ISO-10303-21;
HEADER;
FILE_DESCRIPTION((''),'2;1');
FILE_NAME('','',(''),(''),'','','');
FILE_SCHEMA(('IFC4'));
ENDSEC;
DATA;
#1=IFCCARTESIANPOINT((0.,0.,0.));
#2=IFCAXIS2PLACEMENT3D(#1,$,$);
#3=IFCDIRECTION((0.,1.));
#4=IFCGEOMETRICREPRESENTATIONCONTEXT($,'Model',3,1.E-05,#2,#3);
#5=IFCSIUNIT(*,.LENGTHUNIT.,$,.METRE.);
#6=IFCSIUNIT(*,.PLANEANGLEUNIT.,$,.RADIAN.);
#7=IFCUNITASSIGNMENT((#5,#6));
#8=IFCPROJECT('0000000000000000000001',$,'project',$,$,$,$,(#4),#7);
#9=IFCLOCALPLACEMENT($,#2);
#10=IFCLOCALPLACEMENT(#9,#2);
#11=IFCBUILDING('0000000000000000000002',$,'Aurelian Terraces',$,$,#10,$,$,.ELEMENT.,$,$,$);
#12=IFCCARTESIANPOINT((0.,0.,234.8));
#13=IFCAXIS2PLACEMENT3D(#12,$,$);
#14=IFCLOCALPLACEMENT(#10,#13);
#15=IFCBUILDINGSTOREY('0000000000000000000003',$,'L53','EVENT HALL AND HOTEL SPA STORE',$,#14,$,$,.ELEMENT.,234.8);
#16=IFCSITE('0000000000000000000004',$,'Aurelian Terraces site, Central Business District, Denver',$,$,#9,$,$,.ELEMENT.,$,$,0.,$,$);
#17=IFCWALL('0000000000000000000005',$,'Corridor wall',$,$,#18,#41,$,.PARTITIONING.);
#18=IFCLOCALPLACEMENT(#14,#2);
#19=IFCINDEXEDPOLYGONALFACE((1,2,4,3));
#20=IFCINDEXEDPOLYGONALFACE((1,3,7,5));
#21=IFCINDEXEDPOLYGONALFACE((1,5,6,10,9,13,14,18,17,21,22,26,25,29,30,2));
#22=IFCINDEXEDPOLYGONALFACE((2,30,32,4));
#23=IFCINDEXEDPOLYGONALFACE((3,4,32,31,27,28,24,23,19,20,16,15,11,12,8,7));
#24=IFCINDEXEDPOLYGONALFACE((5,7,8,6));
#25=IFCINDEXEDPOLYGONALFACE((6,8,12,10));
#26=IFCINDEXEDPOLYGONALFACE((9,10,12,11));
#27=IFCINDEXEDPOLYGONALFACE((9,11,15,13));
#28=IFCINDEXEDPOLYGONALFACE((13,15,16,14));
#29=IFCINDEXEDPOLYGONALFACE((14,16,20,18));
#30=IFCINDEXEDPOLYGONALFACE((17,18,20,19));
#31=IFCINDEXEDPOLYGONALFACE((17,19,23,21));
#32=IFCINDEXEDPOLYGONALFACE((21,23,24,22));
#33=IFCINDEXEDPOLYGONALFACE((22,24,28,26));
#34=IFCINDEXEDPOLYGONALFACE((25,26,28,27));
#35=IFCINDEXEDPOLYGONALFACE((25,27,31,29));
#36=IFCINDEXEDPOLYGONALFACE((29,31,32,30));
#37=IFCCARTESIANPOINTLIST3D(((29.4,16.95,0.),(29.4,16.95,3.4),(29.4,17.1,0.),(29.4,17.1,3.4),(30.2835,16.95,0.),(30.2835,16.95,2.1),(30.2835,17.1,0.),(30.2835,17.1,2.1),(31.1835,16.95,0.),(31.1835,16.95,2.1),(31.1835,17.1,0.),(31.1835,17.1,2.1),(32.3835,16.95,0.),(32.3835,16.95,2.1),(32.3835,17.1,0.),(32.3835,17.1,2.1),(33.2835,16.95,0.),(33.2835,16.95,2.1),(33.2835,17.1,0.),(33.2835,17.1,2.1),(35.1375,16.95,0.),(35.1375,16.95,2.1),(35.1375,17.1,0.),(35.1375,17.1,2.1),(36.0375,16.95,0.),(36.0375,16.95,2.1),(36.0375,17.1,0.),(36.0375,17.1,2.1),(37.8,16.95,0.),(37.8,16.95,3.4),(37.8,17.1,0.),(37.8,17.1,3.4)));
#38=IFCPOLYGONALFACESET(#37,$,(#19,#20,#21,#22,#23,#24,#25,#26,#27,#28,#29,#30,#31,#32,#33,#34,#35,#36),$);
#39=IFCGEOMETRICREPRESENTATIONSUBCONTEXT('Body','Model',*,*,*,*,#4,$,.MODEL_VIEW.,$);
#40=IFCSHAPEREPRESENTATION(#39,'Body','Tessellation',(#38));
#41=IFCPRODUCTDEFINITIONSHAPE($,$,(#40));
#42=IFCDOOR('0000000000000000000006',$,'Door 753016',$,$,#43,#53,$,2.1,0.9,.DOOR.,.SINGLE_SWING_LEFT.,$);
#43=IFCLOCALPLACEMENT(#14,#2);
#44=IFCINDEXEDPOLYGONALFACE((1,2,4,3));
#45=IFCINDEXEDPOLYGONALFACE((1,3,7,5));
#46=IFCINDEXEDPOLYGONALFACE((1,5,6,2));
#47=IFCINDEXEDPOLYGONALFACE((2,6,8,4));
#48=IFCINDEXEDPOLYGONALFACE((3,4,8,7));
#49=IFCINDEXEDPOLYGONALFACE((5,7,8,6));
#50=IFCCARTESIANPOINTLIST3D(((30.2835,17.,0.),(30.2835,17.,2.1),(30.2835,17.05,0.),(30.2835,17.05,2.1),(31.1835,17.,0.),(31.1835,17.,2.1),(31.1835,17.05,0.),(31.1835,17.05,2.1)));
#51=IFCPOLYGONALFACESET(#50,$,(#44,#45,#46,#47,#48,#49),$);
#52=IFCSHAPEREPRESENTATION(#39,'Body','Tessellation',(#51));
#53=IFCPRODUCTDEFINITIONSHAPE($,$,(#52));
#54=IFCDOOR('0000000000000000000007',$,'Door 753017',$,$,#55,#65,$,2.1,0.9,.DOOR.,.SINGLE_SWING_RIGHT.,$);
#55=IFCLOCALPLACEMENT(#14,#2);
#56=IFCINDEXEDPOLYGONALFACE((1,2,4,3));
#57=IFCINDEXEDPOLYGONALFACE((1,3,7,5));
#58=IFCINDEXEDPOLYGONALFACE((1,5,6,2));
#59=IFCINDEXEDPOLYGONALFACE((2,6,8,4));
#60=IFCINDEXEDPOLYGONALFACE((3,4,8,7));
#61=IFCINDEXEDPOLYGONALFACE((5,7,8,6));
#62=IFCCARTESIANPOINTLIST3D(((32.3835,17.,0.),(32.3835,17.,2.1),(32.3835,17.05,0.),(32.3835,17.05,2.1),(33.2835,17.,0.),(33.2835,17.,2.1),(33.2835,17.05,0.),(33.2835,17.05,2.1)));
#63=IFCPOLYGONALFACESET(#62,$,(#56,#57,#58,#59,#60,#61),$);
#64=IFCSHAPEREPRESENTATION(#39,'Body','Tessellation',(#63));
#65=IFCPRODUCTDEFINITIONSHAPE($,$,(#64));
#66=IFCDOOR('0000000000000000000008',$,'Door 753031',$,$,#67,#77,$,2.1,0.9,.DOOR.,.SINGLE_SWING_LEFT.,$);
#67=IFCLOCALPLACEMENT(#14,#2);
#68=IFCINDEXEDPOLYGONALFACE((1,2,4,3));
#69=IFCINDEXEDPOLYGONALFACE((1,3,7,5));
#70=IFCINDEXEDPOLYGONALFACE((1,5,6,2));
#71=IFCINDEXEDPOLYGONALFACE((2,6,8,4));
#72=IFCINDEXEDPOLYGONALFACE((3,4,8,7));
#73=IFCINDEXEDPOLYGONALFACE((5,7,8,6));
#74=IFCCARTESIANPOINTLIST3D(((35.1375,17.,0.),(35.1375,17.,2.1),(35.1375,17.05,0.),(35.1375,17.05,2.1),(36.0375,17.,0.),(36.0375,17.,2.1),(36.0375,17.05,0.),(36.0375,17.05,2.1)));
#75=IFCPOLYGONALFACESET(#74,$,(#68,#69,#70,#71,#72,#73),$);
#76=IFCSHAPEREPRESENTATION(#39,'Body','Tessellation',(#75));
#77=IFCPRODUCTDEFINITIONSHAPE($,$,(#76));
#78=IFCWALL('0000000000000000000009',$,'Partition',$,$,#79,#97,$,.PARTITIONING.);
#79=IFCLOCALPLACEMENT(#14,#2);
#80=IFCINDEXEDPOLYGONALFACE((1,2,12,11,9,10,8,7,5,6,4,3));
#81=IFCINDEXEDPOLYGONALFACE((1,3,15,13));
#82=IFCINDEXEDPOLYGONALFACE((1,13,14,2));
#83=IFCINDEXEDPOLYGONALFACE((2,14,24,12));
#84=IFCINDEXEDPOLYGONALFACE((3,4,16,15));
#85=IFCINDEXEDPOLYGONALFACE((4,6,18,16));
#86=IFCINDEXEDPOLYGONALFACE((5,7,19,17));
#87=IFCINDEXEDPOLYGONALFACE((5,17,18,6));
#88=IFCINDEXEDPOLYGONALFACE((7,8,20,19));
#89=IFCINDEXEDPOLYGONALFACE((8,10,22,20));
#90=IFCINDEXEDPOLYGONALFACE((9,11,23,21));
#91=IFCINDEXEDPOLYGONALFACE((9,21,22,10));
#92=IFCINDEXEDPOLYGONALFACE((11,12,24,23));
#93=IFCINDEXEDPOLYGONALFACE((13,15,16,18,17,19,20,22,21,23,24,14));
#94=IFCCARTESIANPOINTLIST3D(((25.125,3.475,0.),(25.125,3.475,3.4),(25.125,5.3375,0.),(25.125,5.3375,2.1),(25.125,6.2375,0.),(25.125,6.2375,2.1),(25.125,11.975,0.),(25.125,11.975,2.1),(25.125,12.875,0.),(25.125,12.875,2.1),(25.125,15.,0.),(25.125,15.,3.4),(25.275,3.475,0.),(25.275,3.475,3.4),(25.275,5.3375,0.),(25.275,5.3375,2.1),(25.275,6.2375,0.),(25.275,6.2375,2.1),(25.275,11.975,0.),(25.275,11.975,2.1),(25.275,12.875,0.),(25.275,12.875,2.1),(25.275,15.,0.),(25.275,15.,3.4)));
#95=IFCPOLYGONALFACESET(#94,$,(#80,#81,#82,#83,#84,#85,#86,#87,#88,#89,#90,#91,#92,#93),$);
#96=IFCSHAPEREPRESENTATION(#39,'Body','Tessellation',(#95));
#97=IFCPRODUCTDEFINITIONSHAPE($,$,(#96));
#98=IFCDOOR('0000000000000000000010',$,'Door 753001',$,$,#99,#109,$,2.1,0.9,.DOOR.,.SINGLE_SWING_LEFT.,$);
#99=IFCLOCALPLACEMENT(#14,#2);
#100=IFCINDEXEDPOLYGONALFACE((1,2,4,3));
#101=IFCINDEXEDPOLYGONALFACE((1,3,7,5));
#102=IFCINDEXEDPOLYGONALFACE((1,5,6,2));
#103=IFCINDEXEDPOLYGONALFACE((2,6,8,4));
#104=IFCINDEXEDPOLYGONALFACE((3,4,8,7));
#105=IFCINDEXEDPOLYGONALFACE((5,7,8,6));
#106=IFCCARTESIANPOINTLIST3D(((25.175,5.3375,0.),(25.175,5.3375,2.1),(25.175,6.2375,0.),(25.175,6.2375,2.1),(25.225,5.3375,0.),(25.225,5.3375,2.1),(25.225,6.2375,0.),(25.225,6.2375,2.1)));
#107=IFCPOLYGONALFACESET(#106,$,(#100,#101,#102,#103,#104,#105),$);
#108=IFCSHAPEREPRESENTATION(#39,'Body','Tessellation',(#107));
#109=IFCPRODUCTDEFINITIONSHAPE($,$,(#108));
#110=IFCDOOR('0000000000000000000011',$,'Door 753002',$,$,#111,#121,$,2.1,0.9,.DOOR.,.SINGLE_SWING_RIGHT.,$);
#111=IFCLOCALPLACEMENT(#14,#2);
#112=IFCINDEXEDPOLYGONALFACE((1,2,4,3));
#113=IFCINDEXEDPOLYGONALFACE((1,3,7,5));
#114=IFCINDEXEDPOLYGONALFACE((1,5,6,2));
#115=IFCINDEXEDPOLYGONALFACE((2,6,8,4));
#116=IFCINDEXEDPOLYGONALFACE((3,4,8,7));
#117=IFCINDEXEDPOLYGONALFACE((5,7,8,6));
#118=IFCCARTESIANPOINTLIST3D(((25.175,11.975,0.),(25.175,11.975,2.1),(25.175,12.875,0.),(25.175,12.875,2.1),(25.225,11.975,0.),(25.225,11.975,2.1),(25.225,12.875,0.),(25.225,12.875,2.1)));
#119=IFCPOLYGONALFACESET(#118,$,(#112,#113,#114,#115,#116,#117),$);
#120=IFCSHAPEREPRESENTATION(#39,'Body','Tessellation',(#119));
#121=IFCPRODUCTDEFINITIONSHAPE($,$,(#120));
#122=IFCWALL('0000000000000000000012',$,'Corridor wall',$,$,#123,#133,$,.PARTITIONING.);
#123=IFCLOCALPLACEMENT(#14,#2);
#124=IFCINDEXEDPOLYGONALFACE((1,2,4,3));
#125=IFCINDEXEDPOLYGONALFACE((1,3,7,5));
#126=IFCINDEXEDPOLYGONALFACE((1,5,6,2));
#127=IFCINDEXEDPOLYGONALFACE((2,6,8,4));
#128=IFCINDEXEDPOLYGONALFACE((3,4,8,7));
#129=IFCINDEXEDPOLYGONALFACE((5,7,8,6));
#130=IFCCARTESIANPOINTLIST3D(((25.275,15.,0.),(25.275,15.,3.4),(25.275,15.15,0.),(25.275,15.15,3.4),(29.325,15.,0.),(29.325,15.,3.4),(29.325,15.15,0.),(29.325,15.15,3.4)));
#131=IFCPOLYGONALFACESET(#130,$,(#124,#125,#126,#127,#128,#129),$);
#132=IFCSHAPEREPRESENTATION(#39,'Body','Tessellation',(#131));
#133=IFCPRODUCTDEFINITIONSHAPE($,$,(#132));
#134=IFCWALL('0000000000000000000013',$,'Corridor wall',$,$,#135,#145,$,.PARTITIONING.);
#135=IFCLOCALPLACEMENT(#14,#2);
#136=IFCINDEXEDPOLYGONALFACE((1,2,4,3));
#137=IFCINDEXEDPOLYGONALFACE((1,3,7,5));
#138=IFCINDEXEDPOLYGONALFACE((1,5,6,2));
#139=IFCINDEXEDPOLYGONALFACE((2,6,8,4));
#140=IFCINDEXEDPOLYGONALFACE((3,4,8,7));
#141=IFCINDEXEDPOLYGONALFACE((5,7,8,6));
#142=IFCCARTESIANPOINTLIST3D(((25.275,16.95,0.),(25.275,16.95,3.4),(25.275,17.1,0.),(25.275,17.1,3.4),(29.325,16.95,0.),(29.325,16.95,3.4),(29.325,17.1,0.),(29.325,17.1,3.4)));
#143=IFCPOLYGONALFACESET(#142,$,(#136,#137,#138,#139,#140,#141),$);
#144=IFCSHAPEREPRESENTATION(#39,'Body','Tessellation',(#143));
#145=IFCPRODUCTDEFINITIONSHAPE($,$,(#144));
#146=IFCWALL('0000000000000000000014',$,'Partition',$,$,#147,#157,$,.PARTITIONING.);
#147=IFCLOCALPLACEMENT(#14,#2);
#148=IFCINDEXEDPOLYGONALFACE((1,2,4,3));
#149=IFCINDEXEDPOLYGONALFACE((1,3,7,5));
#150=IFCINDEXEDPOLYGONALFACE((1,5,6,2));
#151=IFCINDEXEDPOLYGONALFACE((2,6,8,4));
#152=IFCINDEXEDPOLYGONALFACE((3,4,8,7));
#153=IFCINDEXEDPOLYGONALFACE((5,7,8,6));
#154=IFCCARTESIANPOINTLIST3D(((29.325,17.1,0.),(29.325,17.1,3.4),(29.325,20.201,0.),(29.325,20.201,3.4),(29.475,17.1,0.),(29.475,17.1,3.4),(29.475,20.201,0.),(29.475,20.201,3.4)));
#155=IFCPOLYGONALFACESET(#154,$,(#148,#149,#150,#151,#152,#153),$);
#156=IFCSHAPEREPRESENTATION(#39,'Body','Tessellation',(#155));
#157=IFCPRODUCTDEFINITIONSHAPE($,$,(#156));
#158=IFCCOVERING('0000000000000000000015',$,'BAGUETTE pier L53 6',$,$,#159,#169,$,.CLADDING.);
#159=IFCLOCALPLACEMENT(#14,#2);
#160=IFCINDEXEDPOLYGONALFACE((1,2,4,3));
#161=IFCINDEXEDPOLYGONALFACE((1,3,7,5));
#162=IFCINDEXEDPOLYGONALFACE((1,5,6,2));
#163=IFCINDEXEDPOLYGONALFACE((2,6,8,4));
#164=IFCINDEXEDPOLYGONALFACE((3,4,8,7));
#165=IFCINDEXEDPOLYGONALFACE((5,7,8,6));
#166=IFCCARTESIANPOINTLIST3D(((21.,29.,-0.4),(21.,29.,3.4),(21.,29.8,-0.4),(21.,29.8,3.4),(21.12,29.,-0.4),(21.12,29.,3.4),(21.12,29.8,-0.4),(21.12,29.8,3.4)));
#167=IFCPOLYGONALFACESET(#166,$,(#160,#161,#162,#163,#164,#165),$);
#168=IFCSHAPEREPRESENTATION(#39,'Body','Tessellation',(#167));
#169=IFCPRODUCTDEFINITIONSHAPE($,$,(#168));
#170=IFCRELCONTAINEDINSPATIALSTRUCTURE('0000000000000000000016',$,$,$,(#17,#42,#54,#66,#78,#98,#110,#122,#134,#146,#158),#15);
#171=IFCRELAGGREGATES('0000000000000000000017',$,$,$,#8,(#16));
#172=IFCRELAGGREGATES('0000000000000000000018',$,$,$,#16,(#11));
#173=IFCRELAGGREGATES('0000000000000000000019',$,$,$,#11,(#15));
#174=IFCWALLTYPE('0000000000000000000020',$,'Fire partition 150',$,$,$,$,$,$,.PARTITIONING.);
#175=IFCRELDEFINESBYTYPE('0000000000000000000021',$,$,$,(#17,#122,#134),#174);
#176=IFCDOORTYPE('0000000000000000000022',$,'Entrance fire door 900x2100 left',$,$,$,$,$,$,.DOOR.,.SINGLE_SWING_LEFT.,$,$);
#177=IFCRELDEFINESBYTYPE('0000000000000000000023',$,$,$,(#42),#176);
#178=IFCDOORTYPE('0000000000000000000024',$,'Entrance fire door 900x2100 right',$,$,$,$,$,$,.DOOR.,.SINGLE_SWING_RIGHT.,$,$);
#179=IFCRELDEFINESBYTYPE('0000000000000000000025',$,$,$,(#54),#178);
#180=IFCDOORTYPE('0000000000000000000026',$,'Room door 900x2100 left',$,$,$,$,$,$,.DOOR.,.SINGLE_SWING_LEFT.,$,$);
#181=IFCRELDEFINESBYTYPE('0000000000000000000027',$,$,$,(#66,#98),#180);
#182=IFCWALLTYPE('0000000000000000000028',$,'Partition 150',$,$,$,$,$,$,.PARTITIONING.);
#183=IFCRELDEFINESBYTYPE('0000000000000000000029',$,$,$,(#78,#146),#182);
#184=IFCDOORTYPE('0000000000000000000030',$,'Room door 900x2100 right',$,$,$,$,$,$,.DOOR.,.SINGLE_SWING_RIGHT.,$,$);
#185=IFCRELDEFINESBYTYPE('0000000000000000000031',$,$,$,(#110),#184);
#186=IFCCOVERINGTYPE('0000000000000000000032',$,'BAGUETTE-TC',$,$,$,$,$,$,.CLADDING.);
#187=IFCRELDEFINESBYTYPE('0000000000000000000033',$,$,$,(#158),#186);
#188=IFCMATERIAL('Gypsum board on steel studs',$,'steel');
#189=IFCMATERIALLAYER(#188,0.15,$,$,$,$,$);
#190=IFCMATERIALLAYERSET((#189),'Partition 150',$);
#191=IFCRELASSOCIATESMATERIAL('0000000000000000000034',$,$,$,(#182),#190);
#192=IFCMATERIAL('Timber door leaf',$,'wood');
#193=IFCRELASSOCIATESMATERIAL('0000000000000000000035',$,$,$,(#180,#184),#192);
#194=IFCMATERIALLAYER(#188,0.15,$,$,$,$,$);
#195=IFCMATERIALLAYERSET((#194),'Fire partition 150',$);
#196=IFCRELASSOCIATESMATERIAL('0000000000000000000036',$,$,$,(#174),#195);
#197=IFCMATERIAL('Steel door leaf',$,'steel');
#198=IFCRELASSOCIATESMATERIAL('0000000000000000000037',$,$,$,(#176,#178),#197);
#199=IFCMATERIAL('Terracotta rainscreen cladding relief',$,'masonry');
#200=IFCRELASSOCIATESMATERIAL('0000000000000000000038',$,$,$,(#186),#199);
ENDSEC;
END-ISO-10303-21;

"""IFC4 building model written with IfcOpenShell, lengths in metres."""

from ifc_helpers import new_model, si_unit, direction, frame, frame_2d, origin, origin_2d, place, context, subcontext, project, spatial, rectangle, extrude, source, transform, mapped, material, layer, layer_set, type_object, element, fill, save


model = new_model("IFC4")

# Units and contexts
model_context = context("Model", 3, precision=1e-05, world=origin(), true_north=direction((0.0, 1.0)))
body_context = subcontext(model_context, "Body", "Model", "MODEL_VIEW")
ifc_project = project(units=[si_unit("LENGTHUNIT", "METRE"), si_unit("PLANEANGLEUNIT", "RADIAN")], contexts=[model_context])

# Site, building, storey
site_placement = place(None, origin())
site = spatial("IfcSite", under=ifc_project, at=site_placement, Name="Aurelian Terraces site, Central Business District, Denver", CompositionType="ELEMENT", RefElevation=0.0)
building_placement = place(site_placement, origin())
building = spatial("IfcBuilding", under=site, at=building_placement, Name="Aurelian Terraces", CompositionType="ELEMENT")
storey_placement = place(building_placement, frame((0.0, 0.0, 234.8)))
storey = spatial("IfcBuildingStorey", under=building, at=storey_placement, Name="L53", Description="EVENT HALL AND HOTEL SPA STORE", CompositionType="ELEMENT", Elevation=234.8)

# Shared definitions
ifc_material_1 = material(Name="Gypsum board on steel studs", Category="steel")
ifc_layer_1 = layer(ifc_material_1, 0.15)
ifc_layer_set_1 = layer_set([ifc_layer_1], Name="Partition 150")
wall_type_1 = type_object("IfcWallType", Name="Partition 150", PredefinedType="PARTITIONING", material=ifc_layer_set_1)
shared_shape_1 = source(origin(), body_context, "Body", "SweptSolid", [
    extrude(rectangle(XDim=0.9, YDim=2.1, at=frame_2d((0.45, 1.05))), frame((0.0, 0.085, 0.0), z_axis=(0.0, -1.0, 0.0), x_axis=(1.0, 0.0, 0.0)), (0.0, 0.0, 1.0), 0.17),
])
ifc_material_2 = material(Name="Timber door leaf", Category="wood")
door_type_1 = type_object("IfcDoorType", Name="Room door 900x2100 left", OperationType="SINGLE_SWING_LEFT", PredefinedType="DOOR", material=ifc_material_2)
shared_shape_2 = source(origin(), body_context, "Body", "SweptSolid", [
    extrude(rectangle(XDim=0.9, YDim=2.1, at=frame_2d((0.45, 1.05))), frame((0.0, 0.025, 0.0), z_axis=(0.0, -1.0, 0.0), x_axis=(1.0, 0.0, 0.0)), (0.0, 0.0, 1.0), 0.05),
])

# Walls, openings, doors
ifc_layer_2 = layer(ifc_material_1, 0.15)
ifc_layer_set_2 = layer_set([ifc_layer_2], Name="Fire partition 150")
wall_type_2 = type_object("IfcWallType", Name="Fire partition 150", PredefinedType="PARTITIONING", material=ifc_layer_set_2)
shared_shape_3 = source(origin(), body_context, "Body", "SweptSolid", [
    extrude(rectangle(XDim=8.4, YDim=0.15, at=frame_2d((4.2, 0.0))), origin(), (0.0, 0.0, 1.0), 3.4),
])
wall_1_placement = place(storey_placement, frame((29.4, 17.025, 0.0), z_axis=(0.0, 0.0, 1.0), x_axis=(1.0, 0.0, 0.0)))
wall_1 = element("IfcWall", 1, at=wall_1_placement, inside=storey, type_object=wall_type_2, Name="Corridor wall", PredefinedType="PARTITIONING", context=body_context, shape_type="MappedRepresentation", body=[
    mapped(shared_shape_3, transform((0.0, 0.0, 0.0), scale=1.0)),
])
opening_1_placement = place(wall_1_placement, frame((0.8835, 0.0, 0.0)))
opening_1 = element("IfcOpeningElement", 2, at=opening_1_placement, cuts=wall_1, PredefinedType="OPENING", context=body_context, shape_type="MappedRepresentation", body=[
    mapped(shared_shape_1, transform((0.0, 0.0, 0.0), scale=1.0)),
])
opening_2_placement = place(wall_1_placement, frame((2.9835, 0.0, 0.0)))
opening_2 = element("IfcOpeningElement", 3, at=opening_2_placement, cuts=wall_1, PredefinedType="OPENING", context=body_context, shape_type="MappedRepresentation", body=[
    mapped(shared_shape_1, transform((0.0, 0.0, 0.0), scale=1.0)),
])
opening_3_placement = place(wall_1_placement, frame((5.7375, 0.0, 0.0)))
opening_3 = element("IfcOpeningElement", 4, at=opening_3_placement, cuts=wall_1, PredefinedType="OPENING", context=body_context, shape_type="MappedRepresentation", body=[
    mapped(shared_shape_1, transform((0.0, 0.0, 0.0), scale=1.0)),
])
ifc_material_3 = material(Name="Steel door leaf", Category="steel")
door_type_2 = type_object("IfcDoorType", Name="Entrance fire door 900x2100 left", OperationType="SINGLE_SWING_LEFT", PredefinedType="DOOR", material=ifc_material_3)
door_1_placement = place(opening_1_placement, origin())
door_1 = element("IfcDoor", 5, at=door_1_placement, inside=storey, type_object=door_type_2, Name="Door 753016", OperationType="SINGLE_SWING_LEFT", OverallHeight=2.1, OverallWidth=0.9, PredefinedType="DOOR", context=body_context, shape_type="MappedRepresentation", body=[
    mapped(shared_shape_2, transform((0.0, 0.0, 0.0), scale=1.0)),
])
fill(opening_1, door_1)
door_type_3 = type_object("IfcDoorType", Name="Entrance fire door 900x2100 right", OperationType="SINGLE_SWING_RIGHT", PredefinedType="DOOR", material=ifc_material_3)
door_2_placement = place(opening_2_placement, origin())
door_2 = element("IfcDoor", 6, at=door_2_placement, inside=storey, type_object=door_type_3, Name="Door 753017", OperationType="SINGLE_SWING_RIGHT", OverallHeight=2.1, OverallWidth=0.9, PredefinedType="DOOR", context=body_context, shape_type="MappedRepresentation", body=[
    mapped(shared_shape_2, transform((0.0, 0.0, 0.0), scale=1.0)),
])
fill(opening_2, door_2)
door_3_placement = place(opening_3_placement, origin())
door_3 = element("IfcDoor", 7, at=door_3_placement, inside=storey, type_object=door_type_1, Name="Door 753031", OperationType="SINGLE_SWING_LEFT", OverallHeight=2.1, OverallWidth=0.9, PredefinedType="DOOR", context=body_context, shape_type="MappedRepresentation", body=[
    mapped(shared_shape_2, transform((0.0, 0.0, 0.0), scale=1.0)),
])
fill(opening_3, door_3)
shared_shape_4 = source(origin(), body_context, "Body", "SweptSolid", [
    extrude(rectangle(XDim=11.525, YDim=0.15, at=frame_2d((5.7625, 0.0))), origin(), (0.0, 0.0, 1.0), 3.4),
])
wall_2_placement = place(storey_placement, frame((25.2, 15.0, 0.0), z_axis=(0.0, 0.0, 1.0), x_axis=(0.0, -1.0, 0.0)))
wall_2 = element("IfcWall", 8, at=wall_2_placement, inside=storey, type_object=wall_type_1, Name="Partition", PredefinedType="PARTITIONING", context=body_context, shape_type="MappedRepresentation", body=[
    mapped(shared_shape_4, transform((0.0, 0.0, 0.0), scale=1.0)),
])
opening_4_placement = place(wall_2_placement, frame((8.7625, 0.0, 0.0)))
opening_4 = element("IfcOpeningElement", 9, at=opening_4_placement, cuts=wall_2, PredefinedType="OPENING", context=body_context, shape_type="MappedRepresentation", body=[
    mapped(shared_shape_1, transform((0.0, 0.0, 0.0), scale=1.0)),
])
opening_5_placement = place(wall_2_placement, frame((2.125, 0.0, 0.0)))
opening_5 = element("IfcOpeningElement", 10, at=opening_5_placement, cuts=wall_2, PredefinedType="OPENING", context=body_context, shape_type="MappedRepresentation", body=[
    mapped(shared_shape_1, transform((0.0, 0.0, 0.0), scale=1.0)),
])
door_4_placement = place(opening_4_placement, origin())
door_4 = element("IfcDoor", 11, at=door_4_placement, inside=storey, type_object=door_type_1, Name="Door 753001", OperationType="SINGLE_SWING_LEFT", OverallHeight=2.1, OverallWidth=0.9, PredefinedType="DOOR", context=body_context, shape_type="MappedRepresentation", body=[
    mapped(shared_shape_2, transform((0.0, 0.0, 0.0), scale=1.0)),
])
fill(opening_4, door_4)
door_type_4 = type_object("IfcDoorType", Name="Room door 900x2100 right", OperationType="SINGLE_SWING_RIGHT", PredefinedType="DOOR", material=ifc_material_2)
door_5_placement = place(opening_5_placement, origin())
door_5 = element("IfcDoor", 12, at=door_5_placement, inside=storey, type_object=door_type_4, Name="Door 753002", OperationType="SINGLE_SWING_RIGHT", OverallHeight=2.1, OverallWidth=0.9, PredefinedType="DOOR", context=body_context, shape_type="MappedRepresentation", body=[
    mapped(shared_shape_2, transform((0.0, 0.0, 0.0), scale=1.0)),
])
fill(opening_5, door_5)

# Walls
shared_shape_5 = source(origin(), body_context, "Body", "SweptSolid", [
    extrude(rectangle(XDim=4.05, YDim=0.15, at=frame_2d((2.025, 0.0))), origin(), (0.0, 0.0, 1.0), 3.4),
])
for number, where, z_axis, x_axis, name in (
    (13, (29.325, 15.075, 0.0), (0.0, 0.0, 1.0), (-1.0, 0.0, 0.0), "Corridor wall"),
    (14, (25.275, 17.025, 0.0), (0.0, 0.0, 1.0), (1.0, 0.0, 0.0), "Corridor wall"),
):
    element("IfcWall", number, at=place(storey_placement, frame(where, z_axis=z_axis, x_axis=x_axis)), inside=storey, type_object=wall_type_2, Name=name, PredefinedType="PARTITIONING", context=body_context, shape_type="MappedRepresentation", body=[
        mapped(shared_shape_5, transform((0.0, 0.0, 0.0), scale=1.0)),
    ])
shared_shape_6 = source(origin(), body_context, "Body", "SweptSolid", [
    extrude(rectangle(XDim=3.101, YDim=0.15, at=frame_2d((1.5505, 0.0))), origin(), (0.0, 0.0, 1.0), 3.4),
])
wall_3_placement = place(storey_placement, frame((29.4, 17.1, 0.0), z_axis=(0.0, 0.0, 1.0), x_axis=(0.0, 1.0, 0.0)))
element("IfcWall", 15, at=wall_3_placement, inside=storey, type_object=wall_type_1, Name="Partition", PredefinedType="PARTITIONING", context=body_context, shape_type="MappedRepresentation", body=[
    mapped(shared_shape_6, transform((0.0, 0.0, 0.0), scale=1.0)),
])

# Covering
ifc_material_4 = material(Name="Terracotta rainscreen cladding relief", Category="masonry")
covering_type = type_object("IfcCoveringType", Name="BAGUETTE-TC", PredefinedType="CLADDING", material=ifc_material_4)
shared_shape_7 = source(origin(), body_context, "Body", "SweptSolid", [
    extrude(rectangle(XDim=0.12, YDim=0.8, at=origin_2d()), origin(), (0.0, 0.0, 1.0), 3.8),
])
for number, where, z_axis, x_axis, name in (
    (16, (21.06, 29.4, -0.4), (0.0, 0.0, 1.0), (1.0, 0.0, 0.0), "BAGUETTE pier L53 6"),
):
    element("IfcCovering", number, at=place(storey_placement, frame(where, z_axis=z_axis, x_axis=x_axis)), inside=storey, type_object=covering_type, Name=name, PredefinedType="CLADDING", context=body_context, shape_type="MappedRepresentation", body=[
        mapped(shared_shape_7, transform((0.0, 0.0, 0.0), scale=1.0)),
    ])

save(model, "model.ifc")
